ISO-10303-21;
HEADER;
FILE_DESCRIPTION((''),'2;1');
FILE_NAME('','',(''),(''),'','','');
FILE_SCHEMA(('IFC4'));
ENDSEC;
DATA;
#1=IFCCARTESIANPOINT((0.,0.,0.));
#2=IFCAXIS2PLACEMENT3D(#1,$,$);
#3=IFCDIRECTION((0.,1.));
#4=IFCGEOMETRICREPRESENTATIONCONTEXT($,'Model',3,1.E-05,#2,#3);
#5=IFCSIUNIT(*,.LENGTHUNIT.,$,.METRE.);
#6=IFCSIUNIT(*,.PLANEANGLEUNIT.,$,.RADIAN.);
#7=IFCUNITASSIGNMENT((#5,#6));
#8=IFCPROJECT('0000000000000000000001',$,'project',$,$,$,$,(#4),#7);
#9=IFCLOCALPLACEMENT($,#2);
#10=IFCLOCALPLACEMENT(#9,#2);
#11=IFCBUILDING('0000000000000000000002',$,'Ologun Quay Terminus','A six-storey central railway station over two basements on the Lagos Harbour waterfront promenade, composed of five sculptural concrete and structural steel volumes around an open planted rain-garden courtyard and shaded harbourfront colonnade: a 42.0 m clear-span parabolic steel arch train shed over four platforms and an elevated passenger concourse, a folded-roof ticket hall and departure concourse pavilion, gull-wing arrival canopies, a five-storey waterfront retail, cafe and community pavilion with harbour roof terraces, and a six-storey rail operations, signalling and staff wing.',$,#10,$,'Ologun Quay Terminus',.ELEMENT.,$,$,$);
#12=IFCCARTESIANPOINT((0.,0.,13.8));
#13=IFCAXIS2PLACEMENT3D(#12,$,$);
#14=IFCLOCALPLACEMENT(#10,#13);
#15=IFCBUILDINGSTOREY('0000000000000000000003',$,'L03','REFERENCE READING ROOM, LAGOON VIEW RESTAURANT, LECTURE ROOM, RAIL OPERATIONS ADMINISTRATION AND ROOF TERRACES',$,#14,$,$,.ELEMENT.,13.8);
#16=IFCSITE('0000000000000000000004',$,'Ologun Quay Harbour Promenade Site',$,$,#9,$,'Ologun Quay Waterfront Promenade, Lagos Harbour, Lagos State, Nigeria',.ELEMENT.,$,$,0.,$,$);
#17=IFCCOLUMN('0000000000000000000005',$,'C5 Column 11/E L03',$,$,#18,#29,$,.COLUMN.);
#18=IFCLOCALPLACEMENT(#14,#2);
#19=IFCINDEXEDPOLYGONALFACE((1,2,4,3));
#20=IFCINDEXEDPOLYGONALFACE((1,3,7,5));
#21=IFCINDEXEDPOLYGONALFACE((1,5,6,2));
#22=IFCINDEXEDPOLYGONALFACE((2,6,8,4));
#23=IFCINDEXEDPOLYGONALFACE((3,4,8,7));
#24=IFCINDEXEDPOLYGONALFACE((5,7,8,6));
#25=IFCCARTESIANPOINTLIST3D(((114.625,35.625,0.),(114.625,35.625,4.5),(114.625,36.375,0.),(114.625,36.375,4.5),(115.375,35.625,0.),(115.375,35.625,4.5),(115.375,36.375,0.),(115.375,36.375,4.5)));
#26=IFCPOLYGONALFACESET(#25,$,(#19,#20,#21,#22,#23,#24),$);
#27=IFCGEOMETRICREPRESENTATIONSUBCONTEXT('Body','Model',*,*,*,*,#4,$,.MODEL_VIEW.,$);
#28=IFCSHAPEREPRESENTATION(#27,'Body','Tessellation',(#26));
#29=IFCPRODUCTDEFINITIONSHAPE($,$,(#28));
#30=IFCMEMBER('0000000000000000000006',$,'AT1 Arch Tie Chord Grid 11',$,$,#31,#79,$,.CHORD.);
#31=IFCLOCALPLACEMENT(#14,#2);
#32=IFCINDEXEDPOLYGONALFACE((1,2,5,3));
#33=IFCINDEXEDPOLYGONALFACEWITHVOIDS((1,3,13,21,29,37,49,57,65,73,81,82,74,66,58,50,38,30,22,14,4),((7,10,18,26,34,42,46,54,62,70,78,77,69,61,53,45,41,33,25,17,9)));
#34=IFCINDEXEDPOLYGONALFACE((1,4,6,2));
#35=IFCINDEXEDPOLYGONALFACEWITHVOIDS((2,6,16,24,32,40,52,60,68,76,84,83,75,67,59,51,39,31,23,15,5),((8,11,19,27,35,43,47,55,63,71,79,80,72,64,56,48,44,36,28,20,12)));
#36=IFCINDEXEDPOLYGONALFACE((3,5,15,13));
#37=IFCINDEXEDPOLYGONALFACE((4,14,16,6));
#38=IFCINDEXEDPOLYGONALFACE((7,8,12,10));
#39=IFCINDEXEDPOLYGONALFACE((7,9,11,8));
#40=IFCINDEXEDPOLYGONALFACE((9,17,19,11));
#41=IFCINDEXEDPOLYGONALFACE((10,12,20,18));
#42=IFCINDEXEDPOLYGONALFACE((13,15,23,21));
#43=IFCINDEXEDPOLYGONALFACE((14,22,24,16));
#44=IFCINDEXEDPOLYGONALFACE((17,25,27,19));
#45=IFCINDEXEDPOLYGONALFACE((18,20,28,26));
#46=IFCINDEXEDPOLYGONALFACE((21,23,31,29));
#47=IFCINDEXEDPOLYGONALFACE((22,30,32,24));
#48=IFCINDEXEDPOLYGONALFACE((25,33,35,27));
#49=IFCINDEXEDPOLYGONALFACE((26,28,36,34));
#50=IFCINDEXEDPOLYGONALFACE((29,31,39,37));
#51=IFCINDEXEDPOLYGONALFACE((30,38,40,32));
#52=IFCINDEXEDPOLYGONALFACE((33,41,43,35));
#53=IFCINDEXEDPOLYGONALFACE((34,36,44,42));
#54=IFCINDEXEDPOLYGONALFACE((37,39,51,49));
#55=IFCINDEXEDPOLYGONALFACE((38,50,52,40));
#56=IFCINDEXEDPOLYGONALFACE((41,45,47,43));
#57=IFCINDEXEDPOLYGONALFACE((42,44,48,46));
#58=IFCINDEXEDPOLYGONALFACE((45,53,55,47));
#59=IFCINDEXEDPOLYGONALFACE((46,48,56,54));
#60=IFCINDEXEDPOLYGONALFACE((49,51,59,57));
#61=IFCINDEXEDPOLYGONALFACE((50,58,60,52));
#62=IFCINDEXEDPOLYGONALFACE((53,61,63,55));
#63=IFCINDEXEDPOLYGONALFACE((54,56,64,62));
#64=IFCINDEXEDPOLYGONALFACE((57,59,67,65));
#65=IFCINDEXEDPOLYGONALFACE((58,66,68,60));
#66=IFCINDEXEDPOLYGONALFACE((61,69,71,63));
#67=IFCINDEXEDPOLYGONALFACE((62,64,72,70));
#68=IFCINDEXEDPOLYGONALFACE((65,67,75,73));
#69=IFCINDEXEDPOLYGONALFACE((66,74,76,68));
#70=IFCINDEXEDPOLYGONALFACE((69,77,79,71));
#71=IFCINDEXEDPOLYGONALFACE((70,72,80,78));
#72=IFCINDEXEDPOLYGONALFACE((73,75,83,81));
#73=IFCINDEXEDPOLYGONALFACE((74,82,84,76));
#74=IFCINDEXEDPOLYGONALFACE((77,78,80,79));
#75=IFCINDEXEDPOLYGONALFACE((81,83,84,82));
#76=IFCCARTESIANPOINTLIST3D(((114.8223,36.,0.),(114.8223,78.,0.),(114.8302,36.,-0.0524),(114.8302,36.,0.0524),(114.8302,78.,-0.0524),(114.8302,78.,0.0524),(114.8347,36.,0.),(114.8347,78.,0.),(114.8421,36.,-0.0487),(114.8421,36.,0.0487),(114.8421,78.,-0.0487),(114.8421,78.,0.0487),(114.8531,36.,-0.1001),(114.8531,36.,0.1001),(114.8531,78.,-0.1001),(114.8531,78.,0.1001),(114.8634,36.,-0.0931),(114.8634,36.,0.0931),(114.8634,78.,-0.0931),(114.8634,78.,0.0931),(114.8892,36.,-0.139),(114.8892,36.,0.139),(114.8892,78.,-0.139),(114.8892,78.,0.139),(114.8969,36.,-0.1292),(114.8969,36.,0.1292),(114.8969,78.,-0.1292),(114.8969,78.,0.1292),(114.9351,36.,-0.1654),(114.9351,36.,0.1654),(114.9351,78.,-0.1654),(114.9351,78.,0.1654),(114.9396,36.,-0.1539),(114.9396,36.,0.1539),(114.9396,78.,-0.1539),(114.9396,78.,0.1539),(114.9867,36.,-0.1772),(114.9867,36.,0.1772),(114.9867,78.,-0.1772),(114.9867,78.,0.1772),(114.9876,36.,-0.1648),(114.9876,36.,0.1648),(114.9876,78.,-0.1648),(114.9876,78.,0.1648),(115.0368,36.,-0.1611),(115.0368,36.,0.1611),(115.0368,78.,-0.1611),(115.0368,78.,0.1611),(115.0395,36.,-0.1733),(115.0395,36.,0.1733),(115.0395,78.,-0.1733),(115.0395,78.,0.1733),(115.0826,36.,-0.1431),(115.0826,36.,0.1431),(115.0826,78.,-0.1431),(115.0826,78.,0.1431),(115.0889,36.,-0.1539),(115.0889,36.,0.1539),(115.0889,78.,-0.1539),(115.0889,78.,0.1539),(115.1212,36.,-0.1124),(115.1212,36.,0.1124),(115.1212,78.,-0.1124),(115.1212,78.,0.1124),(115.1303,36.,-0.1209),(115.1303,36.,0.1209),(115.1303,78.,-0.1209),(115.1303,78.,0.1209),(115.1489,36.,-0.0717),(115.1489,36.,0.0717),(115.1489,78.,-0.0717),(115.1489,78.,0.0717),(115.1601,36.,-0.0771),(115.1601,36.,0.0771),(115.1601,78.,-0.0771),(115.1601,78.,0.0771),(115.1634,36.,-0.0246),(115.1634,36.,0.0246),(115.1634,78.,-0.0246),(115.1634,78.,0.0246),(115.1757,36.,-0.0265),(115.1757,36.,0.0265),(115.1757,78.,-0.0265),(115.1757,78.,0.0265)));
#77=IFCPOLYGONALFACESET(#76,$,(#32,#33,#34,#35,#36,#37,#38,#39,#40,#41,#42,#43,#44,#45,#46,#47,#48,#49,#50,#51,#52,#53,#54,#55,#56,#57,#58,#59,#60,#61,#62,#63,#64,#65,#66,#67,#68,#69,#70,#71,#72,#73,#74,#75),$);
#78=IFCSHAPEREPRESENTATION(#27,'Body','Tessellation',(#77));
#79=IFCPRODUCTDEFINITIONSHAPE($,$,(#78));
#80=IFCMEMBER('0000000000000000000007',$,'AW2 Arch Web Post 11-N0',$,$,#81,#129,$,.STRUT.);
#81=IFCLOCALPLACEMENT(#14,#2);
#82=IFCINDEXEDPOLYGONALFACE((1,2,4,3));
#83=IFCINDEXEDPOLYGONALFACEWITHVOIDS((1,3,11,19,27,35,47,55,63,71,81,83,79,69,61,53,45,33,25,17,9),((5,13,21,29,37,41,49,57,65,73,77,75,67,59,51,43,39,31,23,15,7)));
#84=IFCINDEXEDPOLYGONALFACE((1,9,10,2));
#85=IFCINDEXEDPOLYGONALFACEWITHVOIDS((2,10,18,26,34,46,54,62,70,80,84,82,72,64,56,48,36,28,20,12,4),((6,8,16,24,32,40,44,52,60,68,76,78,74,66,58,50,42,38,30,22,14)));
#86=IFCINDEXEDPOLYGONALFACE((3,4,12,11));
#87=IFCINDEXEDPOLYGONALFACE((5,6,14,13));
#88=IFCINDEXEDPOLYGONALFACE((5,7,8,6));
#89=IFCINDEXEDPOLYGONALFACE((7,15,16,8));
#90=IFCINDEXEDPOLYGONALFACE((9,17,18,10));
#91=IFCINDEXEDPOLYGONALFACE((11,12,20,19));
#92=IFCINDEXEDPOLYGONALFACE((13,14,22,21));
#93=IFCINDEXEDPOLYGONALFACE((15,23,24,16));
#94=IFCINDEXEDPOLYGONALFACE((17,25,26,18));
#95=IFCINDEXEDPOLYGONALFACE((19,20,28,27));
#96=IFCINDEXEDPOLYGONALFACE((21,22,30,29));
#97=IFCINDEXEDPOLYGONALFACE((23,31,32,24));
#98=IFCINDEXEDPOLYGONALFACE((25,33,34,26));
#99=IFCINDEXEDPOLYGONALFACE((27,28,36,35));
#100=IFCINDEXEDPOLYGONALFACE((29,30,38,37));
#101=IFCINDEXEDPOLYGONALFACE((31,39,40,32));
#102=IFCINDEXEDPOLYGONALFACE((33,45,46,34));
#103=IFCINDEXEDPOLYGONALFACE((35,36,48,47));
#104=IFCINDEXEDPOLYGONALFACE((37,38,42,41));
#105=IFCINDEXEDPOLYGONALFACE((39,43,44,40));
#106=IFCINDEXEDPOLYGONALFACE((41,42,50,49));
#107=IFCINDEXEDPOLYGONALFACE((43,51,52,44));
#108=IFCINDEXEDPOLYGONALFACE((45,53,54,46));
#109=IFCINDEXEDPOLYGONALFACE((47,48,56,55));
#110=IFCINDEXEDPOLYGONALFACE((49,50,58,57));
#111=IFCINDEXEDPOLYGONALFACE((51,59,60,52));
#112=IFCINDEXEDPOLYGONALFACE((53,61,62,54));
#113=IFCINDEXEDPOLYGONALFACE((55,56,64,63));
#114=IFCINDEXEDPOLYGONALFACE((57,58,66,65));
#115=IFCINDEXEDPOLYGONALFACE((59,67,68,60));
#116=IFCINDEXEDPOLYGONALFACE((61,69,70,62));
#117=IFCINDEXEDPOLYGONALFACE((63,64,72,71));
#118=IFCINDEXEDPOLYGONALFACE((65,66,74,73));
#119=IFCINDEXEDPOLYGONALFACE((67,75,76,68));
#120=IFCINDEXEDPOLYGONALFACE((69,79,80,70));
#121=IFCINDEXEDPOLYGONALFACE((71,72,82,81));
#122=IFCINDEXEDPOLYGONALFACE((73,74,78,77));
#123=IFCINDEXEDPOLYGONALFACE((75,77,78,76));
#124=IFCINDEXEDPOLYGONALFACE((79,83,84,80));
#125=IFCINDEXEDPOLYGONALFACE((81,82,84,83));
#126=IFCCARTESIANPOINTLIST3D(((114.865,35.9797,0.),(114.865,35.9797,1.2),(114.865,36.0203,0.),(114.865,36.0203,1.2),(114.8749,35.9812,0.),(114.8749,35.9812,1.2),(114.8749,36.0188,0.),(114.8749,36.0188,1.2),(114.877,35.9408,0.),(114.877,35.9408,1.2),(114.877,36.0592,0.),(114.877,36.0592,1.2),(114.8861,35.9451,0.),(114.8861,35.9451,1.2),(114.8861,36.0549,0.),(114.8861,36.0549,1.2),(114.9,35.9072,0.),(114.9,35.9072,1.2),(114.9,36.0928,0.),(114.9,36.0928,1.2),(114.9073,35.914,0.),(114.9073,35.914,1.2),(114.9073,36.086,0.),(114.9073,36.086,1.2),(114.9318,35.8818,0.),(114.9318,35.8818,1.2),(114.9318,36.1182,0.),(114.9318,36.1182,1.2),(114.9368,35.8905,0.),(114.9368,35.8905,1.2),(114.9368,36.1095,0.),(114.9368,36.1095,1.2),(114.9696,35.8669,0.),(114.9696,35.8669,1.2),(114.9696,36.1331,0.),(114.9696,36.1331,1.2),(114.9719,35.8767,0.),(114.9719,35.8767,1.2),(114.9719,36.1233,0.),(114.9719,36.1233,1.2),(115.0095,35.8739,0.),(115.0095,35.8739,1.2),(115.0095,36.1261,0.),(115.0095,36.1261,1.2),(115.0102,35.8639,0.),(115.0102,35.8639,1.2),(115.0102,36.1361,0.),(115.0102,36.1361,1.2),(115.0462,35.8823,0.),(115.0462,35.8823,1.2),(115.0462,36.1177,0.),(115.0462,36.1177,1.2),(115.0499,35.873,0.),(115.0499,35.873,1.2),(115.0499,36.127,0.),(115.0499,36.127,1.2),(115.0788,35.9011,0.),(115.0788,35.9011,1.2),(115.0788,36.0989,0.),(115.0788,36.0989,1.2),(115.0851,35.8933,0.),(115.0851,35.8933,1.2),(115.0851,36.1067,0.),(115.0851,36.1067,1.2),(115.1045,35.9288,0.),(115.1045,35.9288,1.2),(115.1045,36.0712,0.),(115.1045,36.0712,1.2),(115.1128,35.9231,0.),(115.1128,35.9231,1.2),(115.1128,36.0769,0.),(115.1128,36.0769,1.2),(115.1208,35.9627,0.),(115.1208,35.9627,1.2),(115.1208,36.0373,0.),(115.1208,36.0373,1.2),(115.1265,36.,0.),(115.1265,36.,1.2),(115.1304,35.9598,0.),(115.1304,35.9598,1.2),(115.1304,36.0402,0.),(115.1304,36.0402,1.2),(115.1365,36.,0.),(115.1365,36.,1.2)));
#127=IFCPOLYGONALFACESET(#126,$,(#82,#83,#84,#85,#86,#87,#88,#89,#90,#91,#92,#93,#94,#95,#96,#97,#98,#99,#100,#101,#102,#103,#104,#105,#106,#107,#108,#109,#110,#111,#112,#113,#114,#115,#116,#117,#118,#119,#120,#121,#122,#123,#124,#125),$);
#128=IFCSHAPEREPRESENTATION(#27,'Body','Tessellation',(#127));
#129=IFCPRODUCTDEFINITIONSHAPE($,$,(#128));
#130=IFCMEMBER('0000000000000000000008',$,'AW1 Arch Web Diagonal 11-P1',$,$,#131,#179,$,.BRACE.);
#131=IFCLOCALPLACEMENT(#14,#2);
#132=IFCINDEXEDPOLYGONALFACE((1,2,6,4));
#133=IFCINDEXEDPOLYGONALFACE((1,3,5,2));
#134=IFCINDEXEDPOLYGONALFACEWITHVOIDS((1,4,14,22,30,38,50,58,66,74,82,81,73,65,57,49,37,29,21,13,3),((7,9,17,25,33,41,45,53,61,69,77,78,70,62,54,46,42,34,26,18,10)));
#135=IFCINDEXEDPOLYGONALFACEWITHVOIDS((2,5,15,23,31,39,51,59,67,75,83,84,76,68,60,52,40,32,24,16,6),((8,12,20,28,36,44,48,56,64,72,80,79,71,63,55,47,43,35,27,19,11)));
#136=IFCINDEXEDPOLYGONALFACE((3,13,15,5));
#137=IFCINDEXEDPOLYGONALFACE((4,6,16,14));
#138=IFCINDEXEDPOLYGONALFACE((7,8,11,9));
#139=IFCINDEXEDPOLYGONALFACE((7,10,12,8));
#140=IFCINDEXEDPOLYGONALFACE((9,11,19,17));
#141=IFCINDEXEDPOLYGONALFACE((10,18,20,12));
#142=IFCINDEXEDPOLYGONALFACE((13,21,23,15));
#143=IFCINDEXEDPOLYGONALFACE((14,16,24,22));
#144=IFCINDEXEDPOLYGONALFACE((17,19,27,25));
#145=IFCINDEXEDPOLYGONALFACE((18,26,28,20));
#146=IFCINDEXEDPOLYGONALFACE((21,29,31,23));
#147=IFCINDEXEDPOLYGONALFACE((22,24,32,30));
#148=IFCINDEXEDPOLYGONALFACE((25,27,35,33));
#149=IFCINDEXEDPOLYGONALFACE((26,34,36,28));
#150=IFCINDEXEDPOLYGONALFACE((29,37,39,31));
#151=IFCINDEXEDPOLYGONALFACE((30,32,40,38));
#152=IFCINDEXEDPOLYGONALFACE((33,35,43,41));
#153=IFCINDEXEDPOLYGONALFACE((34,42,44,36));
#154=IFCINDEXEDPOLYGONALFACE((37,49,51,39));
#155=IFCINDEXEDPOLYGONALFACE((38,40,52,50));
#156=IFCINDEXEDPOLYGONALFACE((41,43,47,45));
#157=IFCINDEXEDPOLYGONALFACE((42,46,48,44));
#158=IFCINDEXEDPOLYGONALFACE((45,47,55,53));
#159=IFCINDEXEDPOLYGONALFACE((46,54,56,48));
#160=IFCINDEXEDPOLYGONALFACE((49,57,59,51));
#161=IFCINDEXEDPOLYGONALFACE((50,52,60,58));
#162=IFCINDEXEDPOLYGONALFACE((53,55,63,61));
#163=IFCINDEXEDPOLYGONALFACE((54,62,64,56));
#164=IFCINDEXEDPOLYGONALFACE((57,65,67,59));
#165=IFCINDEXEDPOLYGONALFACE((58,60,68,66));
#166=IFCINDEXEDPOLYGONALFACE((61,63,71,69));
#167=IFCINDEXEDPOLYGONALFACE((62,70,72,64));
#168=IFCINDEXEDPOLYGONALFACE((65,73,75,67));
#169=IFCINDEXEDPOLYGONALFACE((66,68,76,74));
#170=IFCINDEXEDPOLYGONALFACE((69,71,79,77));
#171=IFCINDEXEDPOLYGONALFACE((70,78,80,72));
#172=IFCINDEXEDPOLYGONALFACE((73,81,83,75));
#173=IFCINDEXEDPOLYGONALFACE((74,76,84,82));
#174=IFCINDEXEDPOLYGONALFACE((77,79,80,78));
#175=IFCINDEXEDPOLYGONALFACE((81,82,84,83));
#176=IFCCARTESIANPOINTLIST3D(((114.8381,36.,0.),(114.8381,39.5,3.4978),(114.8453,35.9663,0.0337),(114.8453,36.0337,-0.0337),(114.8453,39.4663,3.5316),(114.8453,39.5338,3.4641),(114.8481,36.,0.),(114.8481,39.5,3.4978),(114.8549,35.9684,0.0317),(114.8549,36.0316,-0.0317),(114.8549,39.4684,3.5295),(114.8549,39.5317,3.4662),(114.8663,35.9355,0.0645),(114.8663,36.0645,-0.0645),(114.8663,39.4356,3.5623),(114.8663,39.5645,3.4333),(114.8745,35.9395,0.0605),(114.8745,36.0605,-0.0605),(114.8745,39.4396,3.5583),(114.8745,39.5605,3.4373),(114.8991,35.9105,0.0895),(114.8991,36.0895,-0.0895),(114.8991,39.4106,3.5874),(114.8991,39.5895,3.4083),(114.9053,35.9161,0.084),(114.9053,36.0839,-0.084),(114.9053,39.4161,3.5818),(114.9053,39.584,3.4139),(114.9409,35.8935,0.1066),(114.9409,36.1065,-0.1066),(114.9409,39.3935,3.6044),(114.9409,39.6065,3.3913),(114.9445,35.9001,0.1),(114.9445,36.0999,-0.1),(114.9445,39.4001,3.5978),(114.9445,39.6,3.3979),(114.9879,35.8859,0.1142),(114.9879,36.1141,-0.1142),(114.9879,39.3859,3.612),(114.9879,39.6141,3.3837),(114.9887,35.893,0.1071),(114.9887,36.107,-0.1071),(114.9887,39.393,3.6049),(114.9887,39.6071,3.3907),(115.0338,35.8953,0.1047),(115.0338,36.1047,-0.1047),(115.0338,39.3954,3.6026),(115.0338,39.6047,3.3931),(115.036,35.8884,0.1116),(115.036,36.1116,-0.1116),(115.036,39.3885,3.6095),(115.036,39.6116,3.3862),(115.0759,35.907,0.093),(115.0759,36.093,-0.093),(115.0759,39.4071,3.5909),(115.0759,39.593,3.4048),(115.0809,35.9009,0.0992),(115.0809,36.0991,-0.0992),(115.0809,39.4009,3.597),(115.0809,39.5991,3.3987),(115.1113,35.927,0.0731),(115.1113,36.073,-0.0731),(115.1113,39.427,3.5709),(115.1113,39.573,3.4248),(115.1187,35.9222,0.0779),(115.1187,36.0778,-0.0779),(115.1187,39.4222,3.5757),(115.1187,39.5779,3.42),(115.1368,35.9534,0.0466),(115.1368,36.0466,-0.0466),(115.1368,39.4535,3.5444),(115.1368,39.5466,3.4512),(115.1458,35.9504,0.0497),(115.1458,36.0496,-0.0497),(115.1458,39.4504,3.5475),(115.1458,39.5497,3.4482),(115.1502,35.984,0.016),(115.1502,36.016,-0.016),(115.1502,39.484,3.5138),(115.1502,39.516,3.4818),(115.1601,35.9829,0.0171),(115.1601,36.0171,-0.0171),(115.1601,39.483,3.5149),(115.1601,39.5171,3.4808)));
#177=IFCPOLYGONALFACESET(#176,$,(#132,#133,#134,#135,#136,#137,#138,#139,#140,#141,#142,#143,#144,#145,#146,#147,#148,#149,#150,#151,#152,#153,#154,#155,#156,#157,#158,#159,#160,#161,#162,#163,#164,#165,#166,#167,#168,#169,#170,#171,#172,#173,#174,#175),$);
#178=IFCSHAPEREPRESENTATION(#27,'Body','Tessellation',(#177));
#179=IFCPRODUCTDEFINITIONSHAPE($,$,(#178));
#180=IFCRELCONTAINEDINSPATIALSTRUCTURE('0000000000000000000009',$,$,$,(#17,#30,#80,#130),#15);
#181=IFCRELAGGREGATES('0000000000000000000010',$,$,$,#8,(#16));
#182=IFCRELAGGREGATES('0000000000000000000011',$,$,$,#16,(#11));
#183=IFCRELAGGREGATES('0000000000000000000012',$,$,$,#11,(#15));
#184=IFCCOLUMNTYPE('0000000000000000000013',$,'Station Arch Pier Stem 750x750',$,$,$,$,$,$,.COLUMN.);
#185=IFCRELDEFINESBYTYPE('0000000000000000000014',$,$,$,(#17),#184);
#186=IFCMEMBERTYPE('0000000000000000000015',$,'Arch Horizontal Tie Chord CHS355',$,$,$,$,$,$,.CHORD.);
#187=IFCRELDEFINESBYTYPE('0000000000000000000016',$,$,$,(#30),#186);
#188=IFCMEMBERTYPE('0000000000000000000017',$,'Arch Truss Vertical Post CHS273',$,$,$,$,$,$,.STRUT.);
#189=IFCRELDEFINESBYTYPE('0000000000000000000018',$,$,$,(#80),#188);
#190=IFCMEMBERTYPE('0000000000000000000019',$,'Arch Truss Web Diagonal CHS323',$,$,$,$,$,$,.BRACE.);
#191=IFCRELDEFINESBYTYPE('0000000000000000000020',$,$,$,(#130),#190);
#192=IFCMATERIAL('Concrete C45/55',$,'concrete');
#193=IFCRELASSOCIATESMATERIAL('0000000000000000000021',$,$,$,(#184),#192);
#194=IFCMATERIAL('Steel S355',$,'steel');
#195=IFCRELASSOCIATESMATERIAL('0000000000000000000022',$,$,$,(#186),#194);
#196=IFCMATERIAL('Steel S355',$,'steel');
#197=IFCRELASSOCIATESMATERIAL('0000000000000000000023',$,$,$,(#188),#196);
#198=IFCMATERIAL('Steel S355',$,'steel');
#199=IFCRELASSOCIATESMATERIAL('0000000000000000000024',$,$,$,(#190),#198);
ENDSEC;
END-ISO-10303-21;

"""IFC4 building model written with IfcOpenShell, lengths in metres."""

from ifc_helpers import new_model, si_unit, direction, frame, origin, origin_2d, place, context, subcontext, project, spatial, rectangle, hollow_circle, extrude, material, material_profile, profile_set, type_object, element, save


model = new_model("IFC4")

# Units and contexts
model_context = context("Model", 3, precision=1e-05, world=origin(), true_north=direction((0.0, 1.0)))
body_context = subcontext(model_context, "Body", "Model", "MODEL_VIEW")
ifc_project = project(units=[si_unit("LENGTHUNIT", "METRE"), si_unit("PLANEANGLEUNIT", "RADIAN")], contexts=[model_context])

# Site, building, storey
site_placement = place(None, origin())
site = spatial("IfcSite", under=ifc_project, at=site_placement, Name="Ologun Quay Harbour Promenade Site", LongName="Ologun Quay Waterfront Promenade, Lagos Harbour, Lagos State, Nigeria", CompositionType="ELEMENT", RefElevation=0.0)
building_placement = place(site_placement, origin())
building = spatial("IfcBuilding", under=site, at=building_placement, Name="Ologun Quay Terminus", Description="A six-storey central railway station over two basements on the Lagos Harbour waterfront promenade, composed of five sculptural concrete and structural steel volumes around an open planted rain-garden courtyard and shaded harbourfront colonnade: a 42.0 m clear-span parabolic steel arch train shed over four platforms and an elevated passenger concourse, a folded-roof ticket hall and departure concourse pavilion, gull-wing arrival canopies, a five-storey waterfront retail, cafe and community pavilion with harbour roof terraces, and a six-storey rail operations, signalling and staff wing.", LongName="Ologun Quay Terminus", CompositionType="ELEMENT")
storey_placement = place(building_placement, frame((0.0, 0.0, 13.8)))
storey = spatial("IfcBuildingStorey", under=building, at=storey_placement, Name="L03", Description="REFERENCE READING ROOM, LAGOON VIEW RESTAURANT, LECTURE ROOM, RAIL OPERATIONS ADMINISTRATION AND ROOF TERRACES", CompositionType="ELEMENT", Elevation=13.8)

# Column
ifc_material_1 = material(Name="Concrete C45/55", Category="concrete")
ifc_material_profile_1 = material_profile(ifc_material_1, rectangle(XDim=0.75, YDim=0.75, at=origin_2d()), Name="RC 750x750")
ifc_profile_set_1 = profile_set([ifc_material_profile_1], Name="Concrete C45/55")
column_type = type_object("IfcColumnType", Name="Station Arch Pier Stem 750x750", PredefinedType="COLUMN", material=ifc_profile_set_1)
column_placement = place(storey_placement, frame((115.0, 36.0, 0.0), z_axis=(0.0, 0.0, 1.0), x_axis=(1.0, 0.0, 0.0)))
element("IfcColumn", 1, at=column_placement, inside=storey, type_object=column_type, Name="C5 Column 11/E L03", PredefinedType="COLUMN", context=body_context, shape_type="SweptSolid", body=[
    extrude(rectangle(XDim=0.75, YDim=0.75, at=origin_2d()), origin(), (0.0, 0.0, 1.0), 4.5),
])

# Members
ifc_material_2 = material(Name="Steel S355", Category="steel")
ifc_material_profile_2 = material_profile(ifc_material_2, hollow_circle(Radius=0.1777, WallThickness=0.0125, at=origin_2d()), Name="CHS 355.6x12.5")
ifc_profile_set_2 = profile_set([ifc_material_profile_2], Name="Steel S355")
member_type_1 = type_object("IfcMemberType", Name="Arch Horizontal Tie Chord CHS355", PredefinedType="CHORD", material=ifc_profile_set_2)
member_1_placement = place(storey_placement, frame((115.0, 36.0, 0.0), z_axis=(0.0, 1.0, 0.0), x_axis=(-1.0, 0.0, 0.0)))
element("IfcMember", 2, at=member_1_placement, inside=storey, type_object=member_type_1, Name="AT1 Arch Tie Chord Grid 11", PredefinedType="CHORD", context=body_context, shape_type="SweptSolid", body=[
    extrude(hollow_circle(Radius=0.1777, WallThickness=0.0125, at=origin_2d()), origin(), (0.0, 0.0, 1.0), 42.0),
])
ifc_material_3 = material(Name="Steel S355", Category="steel")
ifc_material_profile_3 = material_profile(ifc_material_3, hollow_circle(Radius=0.1365, WallThickness=0.01, at=origin_2d()), Name="CHS 273x10")
ifc_profile_set_3 = profile_set([ifc_material_profile_3], Name="Steel S355")
member_type_2 = type_object("IfcMemberType", Name="Arch Truss Vertical Post CHS273", PredefinedType="STRUT", material=ifc_profile_set_3)
member_2_placement = place(storey_placement, frame((115.0, 36.0, 0.0), z_axis=(0.0, 0.0, 1.0), x_axis=(1.0, 0.0, 0.0)))
element("IfcMember", 3, at=member_2_placement, inside=storey, type_object=member_type_2, Name="AW2 Arch Web Post 11-N0", PredefinedType="STRUT", context=body_context, shape_type="SweptSolid", body=[
    extrude(hollow_circle(Radius=0.1365, WallThickness=0.01, at=origin_2d()), origin(), (0.0, 0.0, 1.0), 1.2),
])
ifc_material_4 = material(Name="Steel S355", Category="steel")
ifc_material_profile_4 = material_profile(ifc_material_4, hollow_circle(Radius=0.1619, WallThickness=0.01, at=origin_2d()), Name="CHS 323.9x10")
ifc_profile_set_4 = profile_set([ifc_material_profile_4], Name="Steel S355")
member_type_3 = type_object("IfcMemberType", Name="Arch Truss Web Diagonal CHS323", PredefinedType="BRACE", material=ifc_profile_set_4)
member_3_placement = place(storey_placement, frame((115.0, 36.0, 0.0), z_axis=(0.0, 0.707329, 0.706885), x_axis=(-1.0, 0.0, 0.0)))
element("IfcMember", 4, at=member_3_placement, inside=storey, type_object=member_type_3, Name="AW1 Arch Web Diagonal 11-P1", PredefinedType="BRACE", context=body_context, shape_type="SweptSolid", body=[
    extrude(hollow_circle(Radius=0.1619, WallThickness=0.01, at=origin_2d()), origin(), (0.0, 0.0, 1.0), 4.9482),
])

save(model, "model.ifc")
